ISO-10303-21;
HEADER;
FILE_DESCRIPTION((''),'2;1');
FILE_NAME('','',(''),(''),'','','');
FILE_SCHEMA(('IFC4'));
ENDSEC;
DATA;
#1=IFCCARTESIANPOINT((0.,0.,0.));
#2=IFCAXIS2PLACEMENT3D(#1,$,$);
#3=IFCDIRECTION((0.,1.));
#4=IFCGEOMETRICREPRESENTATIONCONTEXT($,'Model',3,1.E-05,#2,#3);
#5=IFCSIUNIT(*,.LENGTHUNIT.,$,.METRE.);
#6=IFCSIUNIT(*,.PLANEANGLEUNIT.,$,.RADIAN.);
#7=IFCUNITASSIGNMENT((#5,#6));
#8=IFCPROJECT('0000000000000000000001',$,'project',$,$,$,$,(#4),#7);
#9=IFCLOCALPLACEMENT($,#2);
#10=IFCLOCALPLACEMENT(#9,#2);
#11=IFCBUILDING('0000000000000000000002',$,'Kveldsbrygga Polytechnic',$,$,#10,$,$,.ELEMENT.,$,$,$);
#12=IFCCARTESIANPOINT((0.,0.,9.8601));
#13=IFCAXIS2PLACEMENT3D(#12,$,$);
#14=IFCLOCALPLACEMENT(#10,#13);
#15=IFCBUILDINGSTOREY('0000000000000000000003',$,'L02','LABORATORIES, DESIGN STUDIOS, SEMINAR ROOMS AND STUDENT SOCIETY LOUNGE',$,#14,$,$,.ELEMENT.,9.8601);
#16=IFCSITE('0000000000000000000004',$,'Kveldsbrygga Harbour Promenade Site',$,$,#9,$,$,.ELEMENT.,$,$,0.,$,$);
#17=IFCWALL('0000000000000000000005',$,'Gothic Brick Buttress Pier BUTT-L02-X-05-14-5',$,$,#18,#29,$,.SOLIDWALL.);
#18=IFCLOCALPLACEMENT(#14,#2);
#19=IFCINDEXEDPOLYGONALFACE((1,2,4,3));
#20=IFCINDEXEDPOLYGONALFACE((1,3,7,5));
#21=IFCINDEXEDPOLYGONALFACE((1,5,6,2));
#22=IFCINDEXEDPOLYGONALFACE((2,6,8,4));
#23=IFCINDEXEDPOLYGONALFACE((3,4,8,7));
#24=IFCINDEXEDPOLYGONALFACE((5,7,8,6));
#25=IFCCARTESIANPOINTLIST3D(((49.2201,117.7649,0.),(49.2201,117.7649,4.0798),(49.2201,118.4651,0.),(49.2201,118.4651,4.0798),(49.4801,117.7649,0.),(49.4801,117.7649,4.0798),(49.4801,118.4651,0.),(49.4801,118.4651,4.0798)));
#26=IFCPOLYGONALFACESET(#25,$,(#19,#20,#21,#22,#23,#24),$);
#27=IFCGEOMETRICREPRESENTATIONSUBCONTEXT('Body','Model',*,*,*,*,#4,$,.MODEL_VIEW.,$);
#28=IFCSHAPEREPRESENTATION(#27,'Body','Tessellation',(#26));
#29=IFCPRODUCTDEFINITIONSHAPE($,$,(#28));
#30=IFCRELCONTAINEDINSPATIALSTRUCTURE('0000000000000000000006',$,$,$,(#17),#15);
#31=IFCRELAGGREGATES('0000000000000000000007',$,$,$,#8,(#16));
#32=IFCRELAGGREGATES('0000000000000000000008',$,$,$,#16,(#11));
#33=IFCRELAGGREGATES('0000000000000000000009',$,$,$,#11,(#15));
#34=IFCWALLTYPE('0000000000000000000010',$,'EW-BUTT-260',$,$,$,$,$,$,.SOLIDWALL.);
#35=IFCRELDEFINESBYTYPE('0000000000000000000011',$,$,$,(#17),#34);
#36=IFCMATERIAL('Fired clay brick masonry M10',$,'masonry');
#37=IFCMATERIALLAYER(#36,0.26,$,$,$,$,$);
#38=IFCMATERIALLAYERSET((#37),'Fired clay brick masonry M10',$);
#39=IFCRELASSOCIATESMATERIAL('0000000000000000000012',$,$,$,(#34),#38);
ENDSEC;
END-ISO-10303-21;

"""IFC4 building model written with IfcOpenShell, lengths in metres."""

from ifc_helpers import new_model, si_unit, direction, frame, frame_2d, origin, place, context, subcontext, project, spatial, rectangle, extrude, material, layer, layer_set, type_object, element, save


model = new_model("IFC4")

# Units and contexts
model_context = context("Model", 3, precision=1e-05, world=origin(), true_north=direction((0.0, 1.0)))
body_context = subcontext(model_context, "Body", "Model", "MODEL_VIEW")
ifc_project = project(units=[si_unit("LENGTHUNIT", "METRE"), si_unit("PLANEANGLEUNIT", "RADIAN")], contexts=[model_context])

# Site, building, storey
site_placement = place(None, origin())
site = spatial("IfcSite", under=ifc_project, at=site_placement, Name="Kveldsbrygga Harbour Promenade Site", CompositionType="ELEMENT", RefElevation=0.0)
building_placement = place(site_placement, origin())
building = spatial("IfcBuilding", under=site, at=building_placement, Name="Kveldsbrygga Polytechnic", CompositionType="ELEMENT")
storey_placement = place(building_placement, frame((0.0, 0.0, 9.8601)))
storey = spatial("IfcBuildingStorey", under=building, at=storey_placement, Name="L02", Description="LABORATORIES, DESIGN STUDIOS, SEMINAR ROOMS AND STUDENT SOCIETY LOUNGE", CompositionType="ELEMENT", Elevation=9.8601)

# Shared definitions
ifc_material_1 = material(Name="Fired clay brick masonry M10", Category="masonry")

# Wall
ifc_layer_1 = layer(ifc_material_1, 0.26)
ifc_layer_set_1 = layer_set([ifc_layer_1], Name="Fired clay brick masonry M10")
wall_type_1 = type_object("IfcWallType", Name="EW-BUTT-260", PredefinedType="SOLIDWALL", material=ifc_layer_set_1)
for number, where, z_axis, x_axis, name in (
    (1, (49.3501, 117.7649, 0.0), (0.0, 0.0, 1.0), (0.0, 1.0, 0.0), "Gothic Brick Buttress Pier BUTT-L02-X-05-14-5"),
):
    element("IfcWall", number, at=place(storey_placement, frame(where, z_axis=z_axis, x_axis=x_axis)), inside=storey, type_object=wall_type_1, Name=name, PredefinedType="SOLIDWALL", context=body_context, shape_type="SweptSolid", body=[
        extrude(rectangle(XDim=0.7002, YDim=0.26, at=frame_2d((0.3501, 0.0))), origin(), (0.0, 0.0, 1.0), 4.0798),
    ])

save(model, "model.ifc")
